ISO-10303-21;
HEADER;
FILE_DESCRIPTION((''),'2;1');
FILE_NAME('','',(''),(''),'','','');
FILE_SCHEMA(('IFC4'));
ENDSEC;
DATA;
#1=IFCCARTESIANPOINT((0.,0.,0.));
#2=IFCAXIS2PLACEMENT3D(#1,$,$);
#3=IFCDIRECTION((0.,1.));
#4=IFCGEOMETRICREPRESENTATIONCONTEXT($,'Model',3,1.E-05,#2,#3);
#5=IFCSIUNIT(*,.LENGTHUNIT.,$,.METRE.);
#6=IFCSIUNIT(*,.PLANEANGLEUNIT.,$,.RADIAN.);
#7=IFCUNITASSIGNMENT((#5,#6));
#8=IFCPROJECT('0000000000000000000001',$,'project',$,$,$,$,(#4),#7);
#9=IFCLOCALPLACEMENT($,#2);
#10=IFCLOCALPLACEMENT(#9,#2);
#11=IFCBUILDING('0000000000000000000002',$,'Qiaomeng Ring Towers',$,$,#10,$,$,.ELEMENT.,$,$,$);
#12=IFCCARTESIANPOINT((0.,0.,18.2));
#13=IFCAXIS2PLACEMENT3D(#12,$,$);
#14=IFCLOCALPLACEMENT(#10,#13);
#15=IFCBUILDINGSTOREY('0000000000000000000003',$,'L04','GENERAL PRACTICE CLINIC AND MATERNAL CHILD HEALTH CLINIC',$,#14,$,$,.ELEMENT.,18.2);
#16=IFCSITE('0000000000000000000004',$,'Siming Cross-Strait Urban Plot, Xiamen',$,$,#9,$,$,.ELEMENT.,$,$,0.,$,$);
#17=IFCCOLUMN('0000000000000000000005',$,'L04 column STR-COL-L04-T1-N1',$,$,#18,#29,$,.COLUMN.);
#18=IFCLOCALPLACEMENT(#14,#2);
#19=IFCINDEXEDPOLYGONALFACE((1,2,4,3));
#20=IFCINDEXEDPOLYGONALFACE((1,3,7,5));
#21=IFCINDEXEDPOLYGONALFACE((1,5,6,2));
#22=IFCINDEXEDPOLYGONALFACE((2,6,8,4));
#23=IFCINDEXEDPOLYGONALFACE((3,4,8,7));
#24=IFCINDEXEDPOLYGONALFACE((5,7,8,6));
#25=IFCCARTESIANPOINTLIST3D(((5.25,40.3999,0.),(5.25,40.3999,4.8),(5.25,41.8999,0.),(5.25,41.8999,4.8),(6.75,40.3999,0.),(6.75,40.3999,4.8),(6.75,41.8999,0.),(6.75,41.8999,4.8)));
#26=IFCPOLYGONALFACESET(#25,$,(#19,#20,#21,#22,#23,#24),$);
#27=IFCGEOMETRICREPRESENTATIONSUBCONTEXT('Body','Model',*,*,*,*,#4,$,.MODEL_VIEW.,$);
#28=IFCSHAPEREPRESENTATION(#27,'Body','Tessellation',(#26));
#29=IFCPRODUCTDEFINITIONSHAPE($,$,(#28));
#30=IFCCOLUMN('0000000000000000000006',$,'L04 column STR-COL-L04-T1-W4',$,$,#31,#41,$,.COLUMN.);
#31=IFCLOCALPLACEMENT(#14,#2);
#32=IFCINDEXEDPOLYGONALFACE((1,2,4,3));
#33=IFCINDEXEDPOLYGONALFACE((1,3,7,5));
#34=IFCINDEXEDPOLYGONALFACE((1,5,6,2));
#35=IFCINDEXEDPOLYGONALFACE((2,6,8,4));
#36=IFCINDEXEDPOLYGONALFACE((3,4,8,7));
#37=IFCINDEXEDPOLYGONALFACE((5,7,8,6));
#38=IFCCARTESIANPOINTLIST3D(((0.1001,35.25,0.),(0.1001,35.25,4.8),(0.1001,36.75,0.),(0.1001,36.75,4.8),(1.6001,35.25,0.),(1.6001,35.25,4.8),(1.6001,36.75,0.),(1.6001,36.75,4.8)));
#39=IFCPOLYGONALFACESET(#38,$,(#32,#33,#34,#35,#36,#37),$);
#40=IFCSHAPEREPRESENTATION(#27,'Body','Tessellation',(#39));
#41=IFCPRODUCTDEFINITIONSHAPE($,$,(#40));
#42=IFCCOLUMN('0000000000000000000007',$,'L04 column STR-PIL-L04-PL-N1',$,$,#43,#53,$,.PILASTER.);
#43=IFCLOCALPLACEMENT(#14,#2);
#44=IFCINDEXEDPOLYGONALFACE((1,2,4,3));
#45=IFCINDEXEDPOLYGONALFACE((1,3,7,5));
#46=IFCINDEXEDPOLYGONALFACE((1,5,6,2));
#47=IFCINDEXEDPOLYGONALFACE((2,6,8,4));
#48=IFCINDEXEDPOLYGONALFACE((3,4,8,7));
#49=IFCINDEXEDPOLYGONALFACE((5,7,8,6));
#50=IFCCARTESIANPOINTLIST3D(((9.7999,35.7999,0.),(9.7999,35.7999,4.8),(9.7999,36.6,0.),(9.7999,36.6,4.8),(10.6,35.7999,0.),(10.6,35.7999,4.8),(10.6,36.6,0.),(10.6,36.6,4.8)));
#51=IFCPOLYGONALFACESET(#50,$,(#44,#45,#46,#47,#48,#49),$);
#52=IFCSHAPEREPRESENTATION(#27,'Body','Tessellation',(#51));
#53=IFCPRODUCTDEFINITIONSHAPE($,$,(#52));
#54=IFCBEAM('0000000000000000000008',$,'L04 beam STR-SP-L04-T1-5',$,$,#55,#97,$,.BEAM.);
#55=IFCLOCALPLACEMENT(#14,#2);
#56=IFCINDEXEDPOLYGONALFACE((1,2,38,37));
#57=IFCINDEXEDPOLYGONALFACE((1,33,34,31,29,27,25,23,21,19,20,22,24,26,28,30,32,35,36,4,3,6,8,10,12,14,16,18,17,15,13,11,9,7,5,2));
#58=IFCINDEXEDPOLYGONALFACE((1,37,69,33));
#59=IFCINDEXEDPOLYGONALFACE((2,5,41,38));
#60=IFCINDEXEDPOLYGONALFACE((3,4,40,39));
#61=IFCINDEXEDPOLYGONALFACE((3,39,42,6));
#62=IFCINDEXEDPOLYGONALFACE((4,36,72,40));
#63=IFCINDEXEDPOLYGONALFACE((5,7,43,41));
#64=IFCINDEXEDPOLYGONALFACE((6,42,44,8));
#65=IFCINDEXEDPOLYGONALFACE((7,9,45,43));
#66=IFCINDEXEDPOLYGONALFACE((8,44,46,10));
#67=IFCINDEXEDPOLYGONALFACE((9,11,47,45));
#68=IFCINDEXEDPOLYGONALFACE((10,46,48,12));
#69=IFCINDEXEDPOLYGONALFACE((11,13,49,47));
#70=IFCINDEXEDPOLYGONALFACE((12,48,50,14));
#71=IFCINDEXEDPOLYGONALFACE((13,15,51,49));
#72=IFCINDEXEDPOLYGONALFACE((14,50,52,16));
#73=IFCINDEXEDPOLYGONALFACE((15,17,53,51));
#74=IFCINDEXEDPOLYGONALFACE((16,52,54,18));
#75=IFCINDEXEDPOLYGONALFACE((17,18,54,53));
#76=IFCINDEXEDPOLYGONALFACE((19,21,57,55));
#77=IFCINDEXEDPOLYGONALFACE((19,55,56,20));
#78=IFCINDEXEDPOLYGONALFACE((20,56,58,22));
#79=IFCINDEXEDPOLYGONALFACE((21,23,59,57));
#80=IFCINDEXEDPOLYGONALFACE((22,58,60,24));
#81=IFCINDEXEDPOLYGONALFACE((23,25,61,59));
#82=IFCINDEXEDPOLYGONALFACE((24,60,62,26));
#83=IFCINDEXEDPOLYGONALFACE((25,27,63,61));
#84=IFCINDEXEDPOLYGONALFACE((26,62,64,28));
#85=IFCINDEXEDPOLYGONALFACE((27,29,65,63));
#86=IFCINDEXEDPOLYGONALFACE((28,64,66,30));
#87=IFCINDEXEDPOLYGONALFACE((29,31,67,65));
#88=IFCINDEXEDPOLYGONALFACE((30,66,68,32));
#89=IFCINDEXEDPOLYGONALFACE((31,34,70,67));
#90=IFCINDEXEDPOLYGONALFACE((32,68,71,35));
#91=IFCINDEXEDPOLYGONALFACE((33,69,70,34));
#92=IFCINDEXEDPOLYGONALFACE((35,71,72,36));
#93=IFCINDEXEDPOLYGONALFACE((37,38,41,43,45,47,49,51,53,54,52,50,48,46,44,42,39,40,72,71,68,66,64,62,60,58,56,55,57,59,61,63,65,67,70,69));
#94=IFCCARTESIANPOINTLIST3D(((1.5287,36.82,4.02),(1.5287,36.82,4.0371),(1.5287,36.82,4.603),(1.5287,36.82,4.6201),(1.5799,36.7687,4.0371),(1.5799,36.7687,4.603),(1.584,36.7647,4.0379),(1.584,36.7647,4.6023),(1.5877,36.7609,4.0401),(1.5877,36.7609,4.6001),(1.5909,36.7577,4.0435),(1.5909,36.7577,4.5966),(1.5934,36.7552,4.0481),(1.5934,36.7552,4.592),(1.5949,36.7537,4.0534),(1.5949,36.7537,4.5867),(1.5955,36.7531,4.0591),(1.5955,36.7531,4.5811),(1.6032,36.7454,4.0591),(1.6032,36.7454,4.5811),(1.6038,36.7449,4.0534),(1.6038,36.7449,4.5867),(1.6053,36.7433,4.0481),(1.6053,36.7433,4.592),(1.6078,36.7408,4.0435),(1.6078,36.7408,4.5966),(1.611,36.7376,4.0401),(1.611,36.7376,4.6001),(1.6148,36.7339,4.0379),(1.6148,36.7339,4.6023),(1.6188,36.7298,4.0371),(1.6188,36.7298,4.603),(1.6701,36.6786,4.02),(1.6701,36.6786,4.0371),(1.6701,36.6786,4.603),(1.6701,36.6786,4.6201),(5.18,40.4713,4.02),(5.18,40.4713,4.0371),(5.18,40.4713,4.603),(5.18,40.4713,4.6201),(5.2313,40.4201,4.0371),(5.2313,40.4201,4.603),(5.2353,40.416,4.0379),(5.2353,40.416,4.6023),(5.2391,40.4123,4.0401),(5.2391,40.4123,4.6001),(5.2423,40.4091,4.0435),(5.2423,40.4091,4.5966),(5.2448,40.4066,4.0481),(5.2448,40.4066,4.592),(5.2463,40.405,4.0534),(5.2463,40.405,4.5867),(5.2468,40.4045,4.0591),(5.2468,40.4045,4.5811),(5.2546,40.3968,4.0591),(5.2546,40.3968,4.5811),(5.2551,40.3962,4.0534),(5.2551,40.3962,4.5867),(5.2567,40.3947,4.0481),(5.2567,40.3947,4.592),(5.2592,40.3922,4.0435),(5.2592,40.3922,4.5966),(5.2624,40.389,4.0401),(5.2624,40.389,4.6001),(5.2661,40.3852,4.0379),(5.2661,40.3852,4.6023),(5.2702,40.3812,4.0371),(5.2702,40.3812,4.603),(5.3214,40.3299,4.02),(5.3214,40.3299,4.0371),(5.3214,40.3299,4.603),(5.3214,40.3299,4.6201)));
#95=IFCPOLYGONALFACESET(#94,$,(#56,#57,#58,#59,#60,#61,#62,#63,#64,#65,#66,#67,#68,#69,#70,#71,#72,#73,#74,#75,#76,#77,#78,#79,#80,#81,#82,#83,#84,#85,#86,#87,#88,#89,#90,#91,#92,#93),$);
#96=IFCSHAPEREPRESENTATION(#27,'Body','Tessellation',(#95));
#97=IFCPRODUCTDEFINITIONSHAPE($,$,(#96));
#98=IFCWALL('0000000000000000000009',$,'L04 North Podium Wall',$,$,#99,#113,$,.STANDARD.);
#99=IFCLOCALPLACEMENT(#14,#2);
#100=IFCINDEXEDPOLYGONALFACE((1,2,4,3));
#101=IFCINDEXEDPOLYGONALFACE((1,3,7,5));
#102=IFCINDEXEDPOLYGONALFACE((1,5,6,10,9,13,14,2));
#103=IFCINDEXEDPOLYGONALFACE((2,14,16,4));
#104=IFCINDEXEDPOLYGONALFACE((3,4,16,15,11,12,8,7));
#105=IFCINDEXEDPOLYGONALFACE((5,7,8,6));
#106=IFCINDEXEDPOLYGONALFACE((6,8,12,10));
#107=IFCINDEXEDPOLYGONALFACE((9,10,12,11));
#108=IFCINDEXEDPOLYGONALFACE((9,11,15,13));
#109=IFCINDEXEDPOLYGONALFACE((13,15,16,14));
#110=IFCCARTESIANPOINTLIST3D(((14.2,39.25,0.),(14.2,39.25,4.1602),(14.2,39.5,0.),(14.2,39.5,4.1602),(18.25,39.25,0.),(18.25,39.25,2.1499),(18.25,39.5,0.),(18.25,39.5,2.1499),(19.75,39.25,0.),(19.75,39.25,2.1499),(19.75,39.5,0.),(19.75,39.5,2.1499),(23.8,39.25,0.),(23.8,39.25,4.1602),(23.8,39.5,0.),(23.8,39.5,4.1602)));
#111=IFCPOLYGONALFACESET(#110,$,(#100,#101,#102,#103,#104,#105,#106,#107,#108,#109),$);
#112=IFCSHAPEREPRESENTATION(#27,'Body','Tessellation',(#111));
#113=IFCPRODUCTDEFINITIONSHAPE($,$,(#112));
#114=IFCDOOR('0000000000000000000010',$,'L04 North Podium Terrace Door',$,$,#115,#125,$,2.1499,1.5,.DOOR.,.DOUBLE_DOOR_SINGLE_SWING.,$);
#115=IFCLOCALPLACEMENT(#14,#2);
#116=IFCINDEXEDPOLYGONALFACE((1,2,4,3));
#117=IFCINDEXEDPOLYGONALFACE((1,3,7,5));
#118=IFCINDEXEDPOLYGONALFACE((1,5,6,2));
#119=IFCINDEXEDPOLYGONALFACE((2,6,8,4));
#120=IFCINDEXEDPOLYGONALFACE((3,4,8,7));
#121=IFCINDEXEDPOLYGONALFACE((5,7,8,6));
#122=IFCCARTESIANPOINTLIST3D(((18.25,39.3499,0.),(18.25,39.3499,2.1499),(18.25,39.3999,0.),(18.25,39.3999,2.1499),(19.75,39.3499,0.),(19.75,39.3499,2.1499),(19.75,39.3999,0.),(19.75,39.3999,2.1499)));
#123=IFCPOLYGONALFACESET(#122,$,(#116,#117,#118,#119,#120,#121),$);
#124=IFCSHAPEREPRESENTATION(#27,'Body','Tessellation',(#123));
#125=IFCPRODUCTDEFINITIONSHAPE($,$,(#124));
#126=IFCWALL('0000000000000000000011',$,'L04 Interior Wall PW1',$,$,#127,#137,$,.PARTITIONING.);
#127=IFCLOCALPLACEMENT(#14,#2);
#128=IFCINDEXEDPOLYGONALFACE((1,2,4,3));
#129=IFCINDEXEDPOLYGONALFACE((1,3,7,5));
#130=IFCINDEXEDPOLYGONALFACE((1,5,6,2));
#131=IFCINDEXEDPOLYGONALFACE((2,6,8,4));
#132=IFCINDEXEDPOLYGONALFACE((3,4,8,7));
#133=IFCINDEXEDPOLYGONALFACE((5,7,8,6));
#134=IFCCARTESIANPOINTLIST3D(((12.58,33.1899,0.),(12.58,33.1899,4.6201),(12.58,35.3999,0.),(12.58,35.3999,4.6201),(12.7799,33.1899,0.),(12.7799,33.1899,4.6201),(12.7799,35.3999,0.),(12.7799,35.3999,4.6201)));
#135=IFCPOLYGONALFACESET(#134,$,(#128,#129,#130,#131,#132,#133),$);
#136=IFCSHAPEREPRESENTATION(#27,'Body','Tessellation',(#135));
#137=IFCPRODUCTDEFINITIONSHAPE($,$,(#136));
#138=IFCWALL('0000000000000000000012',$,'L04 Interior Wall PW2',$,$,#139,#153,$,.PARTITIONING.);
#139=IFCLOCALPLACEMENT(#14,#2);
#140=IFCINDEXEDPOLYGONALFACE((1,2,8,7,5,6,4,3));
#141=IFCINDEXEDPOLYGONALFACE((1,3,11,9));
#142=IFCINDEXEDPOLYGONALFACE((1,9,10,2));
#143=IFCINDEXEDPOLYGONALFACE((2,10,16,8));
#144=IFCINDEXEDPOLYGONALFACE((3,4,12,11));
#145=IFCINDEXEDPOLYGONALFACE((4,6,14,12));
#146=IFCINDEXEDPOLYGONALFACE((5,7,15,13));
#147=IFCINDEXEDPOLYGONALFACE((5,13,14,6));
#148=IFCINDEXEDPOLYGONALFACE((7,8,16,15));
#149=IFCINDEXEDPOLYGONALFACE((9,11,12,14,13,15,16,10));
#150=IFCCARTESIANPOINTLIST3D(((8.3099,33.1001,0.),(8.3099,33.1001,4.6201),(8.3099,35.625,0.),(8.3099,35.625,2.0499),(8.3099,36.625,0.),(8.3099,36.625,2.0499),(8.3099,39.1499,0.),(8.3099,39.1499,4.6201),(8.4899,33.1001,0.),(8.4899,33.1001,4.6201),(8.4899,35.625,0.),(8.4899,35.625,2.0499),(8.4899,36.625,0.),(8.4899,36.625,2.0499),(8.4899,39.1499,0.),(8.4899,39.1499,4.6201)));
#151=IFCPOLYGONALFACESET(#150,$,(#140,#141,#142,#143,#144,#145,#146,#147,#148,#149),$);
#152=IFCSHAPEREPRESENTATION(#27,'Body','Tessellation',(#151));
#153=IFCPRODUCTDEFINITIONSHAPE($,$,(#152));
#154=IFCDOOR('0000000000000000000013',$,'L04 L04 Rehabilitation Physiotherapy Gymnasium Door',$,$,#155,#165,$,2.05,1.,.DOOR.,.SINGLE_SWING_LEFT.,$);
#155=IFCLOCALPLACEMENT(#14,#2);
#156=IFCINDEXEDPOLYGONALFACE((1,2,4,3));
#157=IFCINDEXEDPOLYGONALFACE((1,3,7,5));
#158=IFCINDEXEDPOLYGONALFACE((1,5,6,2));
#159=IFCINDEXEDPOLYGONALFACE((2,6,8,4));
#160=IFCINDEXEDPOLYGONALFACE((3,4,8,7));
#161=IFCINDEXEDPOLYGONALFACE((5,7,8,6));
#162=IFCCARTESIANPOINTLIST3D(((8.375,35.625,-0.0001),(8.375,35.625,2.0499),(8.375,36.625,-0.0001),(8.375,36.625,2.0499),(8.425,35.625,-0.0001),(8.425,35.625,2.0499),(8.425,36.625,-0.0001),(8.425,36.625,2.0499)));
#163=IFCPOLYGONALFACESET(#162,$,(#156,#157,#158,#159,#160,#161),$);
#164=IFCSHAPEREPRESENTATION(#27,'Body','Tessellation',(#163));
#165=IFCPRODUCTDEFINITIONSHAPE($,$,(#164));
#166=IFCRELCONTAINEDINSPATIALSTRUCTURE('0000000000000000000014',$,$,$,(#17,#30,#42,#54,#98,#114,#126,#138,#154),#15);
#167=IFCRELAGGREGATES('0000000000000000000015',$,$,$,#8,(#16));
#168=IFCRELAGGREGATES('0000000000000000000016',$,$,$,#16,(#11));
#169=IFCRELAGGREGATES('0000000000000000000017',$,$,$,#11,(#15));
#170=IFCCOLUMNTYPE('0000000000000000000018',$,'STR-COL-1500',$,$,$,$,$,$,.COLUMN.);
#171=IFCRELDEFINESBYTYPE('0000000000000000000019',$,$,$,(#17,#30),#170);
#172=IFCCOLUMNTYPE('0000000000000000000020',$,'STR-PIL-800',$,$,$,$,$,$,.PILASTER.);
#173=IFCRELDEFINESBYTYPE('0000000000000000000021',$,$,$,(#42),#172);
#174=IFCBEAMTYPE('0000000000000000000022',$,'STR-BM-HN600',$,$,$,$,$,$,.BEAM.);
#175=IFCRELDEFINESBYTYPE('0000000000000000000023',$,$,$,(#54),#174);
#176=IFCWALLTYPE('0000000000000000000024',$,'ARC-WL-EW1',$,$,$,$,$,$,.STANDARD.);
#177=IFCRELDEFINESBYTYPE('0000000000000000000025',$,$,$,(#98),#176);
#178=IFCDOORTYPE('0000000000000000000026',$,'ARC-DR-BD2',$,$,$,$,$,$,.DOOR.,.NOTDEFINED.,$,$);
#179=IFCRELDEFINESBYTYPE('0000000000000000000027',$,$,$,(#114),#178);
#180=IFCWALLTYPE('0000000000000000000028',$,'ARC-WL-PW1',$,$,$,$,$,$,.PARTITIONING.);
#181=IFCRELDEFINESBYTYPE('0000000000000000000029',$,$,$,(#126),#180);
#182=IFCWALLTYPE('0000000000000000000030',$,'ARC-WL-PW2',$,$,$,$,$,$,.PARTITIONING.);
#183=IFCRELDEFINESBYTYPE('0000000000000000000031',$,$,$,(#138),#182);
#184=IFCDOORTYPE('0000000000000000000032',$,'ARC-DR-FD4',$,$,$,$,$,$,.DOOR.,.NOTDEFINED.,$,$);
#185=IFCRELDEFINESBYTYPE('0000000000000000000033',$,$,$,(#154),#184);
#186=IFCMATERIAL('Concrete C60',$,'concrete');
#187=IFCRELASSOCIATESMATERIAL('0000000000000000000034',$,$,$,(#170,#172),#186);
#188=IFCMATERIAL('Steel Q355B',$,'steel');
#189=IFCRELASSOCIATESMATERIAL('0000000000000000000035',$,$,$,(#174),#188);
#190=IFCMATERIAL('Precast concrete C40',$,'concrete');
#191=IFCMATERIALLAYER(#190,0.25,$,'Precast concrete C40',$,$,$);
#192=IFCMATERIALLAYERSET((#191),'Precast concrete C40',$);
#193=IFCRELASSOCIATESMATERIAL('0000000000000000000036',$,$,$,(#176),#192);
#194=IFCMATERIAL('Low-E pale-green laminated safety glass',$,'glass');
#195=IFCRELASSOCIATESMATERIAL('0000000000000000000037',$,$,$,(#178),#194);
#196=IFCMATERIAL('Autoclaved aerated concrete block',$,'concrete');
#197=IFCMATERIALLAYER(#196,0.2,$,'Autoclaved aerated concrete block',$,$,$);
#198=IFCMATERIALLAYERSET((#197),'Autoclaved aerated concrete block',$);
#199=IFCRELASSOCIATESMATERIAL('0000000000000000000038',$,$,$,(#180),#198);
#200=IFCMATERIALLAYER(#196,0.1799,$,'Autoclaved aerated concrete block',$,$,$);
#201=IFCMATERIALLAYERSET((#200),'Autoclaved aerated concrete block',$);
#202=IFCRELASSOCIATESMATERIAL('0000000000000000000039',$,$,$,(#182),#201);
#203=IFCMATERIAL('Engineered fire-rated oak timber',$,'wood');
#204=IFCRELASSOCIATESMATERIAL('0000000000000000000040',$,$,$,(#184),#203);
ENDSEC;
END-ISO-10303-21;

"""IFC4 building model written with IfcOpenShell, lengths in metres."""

from ifc_helpers import new_model, si_unit, direction, frame, frame_2d, origin, origin_2d, place, context, subcontext, project, spatial, rectangle, i_section, extrude, source, transform, mapped, material, layer, layer_set, material_profile, profile_set, type_object, element, fill, save


model = new_model("IFC4")

# Units and contexts
model_context = context("Model", 3, precision=1e-05, world=origin(), true_north=direction((0.0, 1.0)))
body_context = subcontext(model_context, "Body", "Model", "MODEL_VIEW")
ifc_project = project(units=[si_unit("LENGTHUNIT", "METRE"), si_unit("PLANEANGLEUNIT", "RADIAN")], contexts=[model_context])

# Site, building, storey
site_placement = place(None, origin())
site = spatial("IfcSite", under=ifc_project, at=site_placement, Name="Siming Cross-Strait Urban Plot, Xiamen", CompositionType="ELEMENT", RefElevation=0.0)
building_placement = place(site_placement, origin())
building = spatial("IfcBuilding", under=site, at=building_placement, Name="Qiaomeng Ring Towers", CompositionType="ELEMENT")
storey_placement = place(building_placement, frame((0.0, 0.0, 18.2)))
storey = spatial("IfcBuildingStorey", under=building, at=storey_placement, Name="L04", Description="GENERAL PRACTICE CLINIC AND MATERNAL CHILD HEALTH CLINIC", CompositionType="ELEMENT", Elevation=18.2)

# Columns
ifc_material_1 = material(Name="Concrete C60", Category="concrete")
ifc_material_profile_1 = material_profile(ifc_material_1, rectangle(XDim=1.5, YDim=1.5, at=origin_2d()), Name="RC COL 1500x1500")
ifc_profile_set_1 = profile_set([ifc_material_profile_1], Name="Concrete C60")
column_type_1 = type_object("IfcColumnType", Name="STR-COL-1500", PredefinedType="COLUMN", material=ifc_profile_set_1)
shared_shape_1 = source(origin(), body_context, "Body", "SweptSolid", [
    extrude(rectangle(XDim=1.5, YDim=1.5, at=origin_2d()), origin(), (0.0, 0.0, 1.0), 4.8),
])
for number, where, z_axis, x_axis, name in (
    (1, (6.0, 41.1499, 0.0), (0.0, 0.0, 1.0), (1.0, 0.0, 0.0), "L04 column STR-COL-L04-T1-N1"),
    (2, (0.8501, 36.0, 0.0), (0.0, 0.0, 1.0), (1.0, 0.0, 0.0), "L04 column STR-COL-L04-T1-W4"),
):
    element("IfcColumn", number, at=place(storey_placement, frame(where, z_axis=z_axis, x_axis=x_axis)), inside=storey, type_object=column_type_1, Name=name, PredefinedType="COLUMN", context=body_context, shape_type="MappedRepresentation", body=[
        mapped(shared_shape_1, transform((0.0, 0.0, 0.0), x_axis=(1.0, 0.0, 0.0), y_axis=(0.0, 1.0, 0.0), z_axis=(0.0, 0.0, 1.0), scale=1.0)),
    ])
ifc_material_profile_2 = material_profile(ifc_material_1, rectangle(XDim=0.8, YDim=0.8, at=origin_2d()), Name="RC COL 800x800")
ifc_profile_set_2 = profile_set([ifc_material_profile_2], Name="Concrete C60")
column_type_2 = type_object("IfcColumnType", Name="STR-PIL-800", PredefinedType="PILASTER", material=ifc_profile_set_2)
shared_shape_2 = source(origin(), body_context, "Body", "SweptSolid", [
    extrude(rectangle(XDim=0.8, YDim=0.8, at=origin_2d()), origin(), (0.0, 0.0, 1.0), 4.8),
])
column_placement = place(storey_placement, frame((10.2, 36.2, 0.0), z_axis=(0.0, 0.0, 1.0), x_axis=(1.0, 0.0, 0.0)))
element("IfcColumn", 3, at=column_placement, inside=storey, type_object=column_type_2, Name="L04 column STR-PIL-L04-PL-N1", PredefinedType="PILASTER", context=body_context, shape_type="MappedRepresentation", body=[
    mapped(shared_shape_2, transform((0.0, 0.0, 0.0), x_axis=(1.0, 0.0, 0.0), y_axis=(0.0, 1.0, 0.0), z_axis=(0.0, 0.0, 1.0), scale=1.0)),
])

# Beam
ifc_material_2 = material(Name="Steel Q355B", Category="steel")
ifc_material_profile_3 = material_profile(ifc_material_2, i_section(OverallWidth=0.2, OverallDepth=0.6001, WebThickness=0.011, FlangeThickness=0.0171, FilletRadius=0.022, at=origin_2d()), Name="HN 600x200x11x17")
ifc_profile_set_3 = profile_set([ifc_material_profile_3], Name="Steel Q355B")
beam_type = type_object("IfcBeamType", Name="STR-BM-HN600", PredefinedType="BEAM", material=ifc_profile_set_3)
shared_shape_3 = source(origin(), body_context, "Body", "SweptSolid", [
    extrude(i_section(OverallWidth=0.2, OverallDepth=0.6001, WebThickness=0.011, FlangeThickness=0.0171, FilletRadius=0.022, at=origin_2d()), origin(), (0.0, 0.0, 1.0), 5.1638),
])
beam_placement = place(storey_placement, frame((5.2507, 40.4006, 4.3201), z_axis=(-0.707107, -0.707107, 0.0), x_axis=(0.707107, -0.707107, 0.0)))
element("IfcBeam", 4, at=beam_placement, inside=storey, type_object=beam_type, Name="L04 beam STR-SP-L04-T1-5", PredefinedType="BEAM", context=body_context, shape_type="MappedRepresentation", body=[
    mapped(shared_shape_3, transform((0.0, 0.0, 0.0), x_axis=(1.0, 0.0, 0.0), y_axis=(0.0, 1.0, 0.0), z_axis=(0.0, 0.0, 1.0), scale=1.0)),
])

# Wall, opening, door
ifc_material_3 = material(Name="Precast concrete C40", Category="concrete")
ifc_layer_1 = layer(ifc_material_3, 0.25, Name="Precast concrete C40")
ifc_layer_set_1 = layer_set([ifc_layer_1], Name="Precast concrete C40")
wall_type_1 = type_object("IfcWallType", Name="ARC-WL-EW1", PredefinedType="STANDARD", material=ifc_layer_set_1)
wall_1_placement = place(storey_placement, frame((14.2, 39.375, 0.0), z_axis=(0.0, 0.0, 1.0), x_axis=(1.0, 0.0, 0.0)))
wall_1 = element("IfcWall", 5, at=wall_1_placement, inside=storey, type_object=wall_type_1, Name="L04 North Podium Wall", PredefinedType="STANDARD", context=body_context, shape_type="SweptSolid", body=[
    extrude(rectangle(XDim=9.6001, YDim=0.25, at=frame_2d((4.8, 0.0))), origin(), (0.0, 0.0, 1.0), 4.1602),
])
opening_1_placement = place(wall_1_placement, frame((4.05, 0.0, 0.0)))
opening_1 = element("IfcOpeningElement", 6, at=opening_1_placement, cuts=wall_1, PredefinedType="OPENING", context=body_context, shape_type="SweptSolid", body=[
    extrude(rectangle(XDim=1.5, YDim=2.1499, at=frame_2d((0.75, 1.075))), frame((0.0, 0.135, 0.0), z_axis=(0.0, -1.0, 0.0), x_axis=(1.0, 0.0, 0.0)), (0.0, 0.0, 1.0), 0.27),
])
ifc_material_4 = material(Name="Low-E pale-green laminated safety glass", Category="glass")
door_type_1 = type_object("IfcDoorType", Name="ARC-DR-BD2", OperationType="NOTDEFINED", PredefinedType="DOOR", material=ifc_material_4)
shared_shape_4 = source(origin(), body_context, "Body", "SweptSolid", [
    extrude(rectangle(XDim=1.5, YDim=2.1499, at=frame_2d((0.75, 1.075))), frame((0.0, 0.0249, 0.0), z_axis=(0.0, -1.0, 0.0), x_axis=(1.0, 0.0, 0.0)), (0.0, 0.0, 1.0), 0.05),
])
door_1_placement = place(opening_1_placement, origin())
door_1 = element("IfcDoor", 7, at=door_1_placement, inside=storey, type_object=door_type_1, Name="L04 North Podium Terrace Door", OperationType="DOUBLE_DOOR_SINGLE_SWING", OverallHeight=2.1499, OverallWidth=1.5, PredefinedType="DOOR", context=body_context, shape_type="MappedRepresentation", body=[
    mapped(shared_shape_4, transform((0.0, 0.0, 0.0), x_axis=(1.0, 0.0, 0.0), y_axis=(0.0, 1.0, 0.0), z_axis=(0.0, 0.0, 1.0), scale=1.0)),
])
fill(opening_1, door_1)

# Wall
ifc_material_5 = material(Name="Autoclaved aerated concrete block", Category="concrete")
ifc_layer_2 = layer(ifc_material_5, 0.2, Name="Autoclaved aerated concrete block")
ifc_layer_set_2 = layer_set([ifc_layer_2], Name="Autoclaved aerated concrete block")
wall_type_2 = type_object("IfcWallType", Name="ARC-WL-PW1", PredefinedType="PARTITIONING", material=ifc_layer_set_2)
wall_2_placement = place(storey_placement, frame((12.6799, 33.1899, 0.0), z_axis=(0.0, 0.0, 1.0), x_axis=(0.0, 1.0, 0.0)))
element("IfcWall", 8, at=wall_2_placement, inside=storey, type_object=wall_type_2, Name="L04 Interior Wall PW1", PredefinedType="PARTITIONING", context=body_context, shape_type="SweptSolid", body=[
    extrude(rectangle(XDim=2.21, YDim=0.2, at=frame_2d((1.105, 0.0))), origin(), (0.0, 0.0, 1.0), 4.6201),
])

# Wall, opening, door
ifc_layer_3 = layer(ifc_material_5, 0.1799, Name="Autoclaved aerated concrete block")
ifc_layer_set_3 = layer_set([ifc_layer_3], Name="Autoclaved aerated concrete block")
wall_type_3 = type_object("IfcWallType", Name="ARC-WL-PW2", PredefinedType="PARTITIONING", material=ifc_layer_set_3)
wall_3_placement = place(storey_placement, frame((8.3999, 33.1001, 0.0), z_axis=(0.0, 0.0, 1.0), x_axis=(0.0, 1.0, 0.0)))
wall_3 = element("IfcWall", 9, at=wall_3_placement, inside=storey, type_object=wall_type_3, Name="L04 Interior Wall PW2", PredefinedType="PARTITIONING", context=body_context, shape_type="SweptSolid", body=[
    extrude(rectangle(XDim=6.0498, YDim=0.1799, at=frame_2d((3.0249, 0.0))), origin(), (0.0, 0.0, 1.0), 4.6201),
])
opening_2_placement = place(wall_3_placement, frame((2.5249, 0.0, 0.0)))
opening_2 = element("IfcOpeningElement", 10, at=opening_2_placement, cuts=wall_3, PredefinedType="OPENING", context=body_context, shape_type="SweptSolid", body=[
    extrude(rectangle(XDim=1.0, YDim=2.05, at=frame_2d((0.5, 1.0249))), frame((0.0, 0.0999, 0.0), z_axis=(0.0, -1.0, 0.0), x_axis=(1.0, 0.0, 0.0)), (0.0, 0.0, 1.0), 0.2),
])
ifc_material_6 = material(Name="Engineered fire-rated oak timber", Category="wood")
door_type_2 = type_object("IfcDoorType", Name="ARC-DR-FD4", OperationType="NOTDEFINED", PredefinedType="DOOR", material=ifc_material_6)
shared_shape_5 = source(origin(), body_context, "Body", "SweptSolid", [
    extrude(rectangle(XDim=1.0, YDim=2.05, at=frame_2d((0.5, 1.0249))), frame((0.0, 0.0249, 0.0), z_axis=(0.0, -1.0, 0.0), x_axis=(1.0, 0.0, 0.0)), (0.0, 0.0, 1.0), 0.05),
])
door_2_placement = place(opening_2_placement, origin())
door_2 = element("IfcDoor", 11, at=door_2_placement, inside=storey, type_object=door_type_2, Name="L04 L04 Rehabilitation Physiotherapy Gymnasium Door", OperationType="SINGLE_SWING_LEFT", OverallHeight=2.05, OverallWidth=1.0, PredefinedType="DOOR", context=body_context, shape_type="MappedRepresentation", body=[
    mapped(shared_shape_5, transform((0.0, 0.0, 0.0), x_axis=(1.0, 0.0, 0.0), y_axis=(0.0, 1.0, 0.0), z_axis=(0.0, 0.0, 1.0), scale=1.0)),
])
fill(opening_2, door_2)

save(model, "model.ifc")
